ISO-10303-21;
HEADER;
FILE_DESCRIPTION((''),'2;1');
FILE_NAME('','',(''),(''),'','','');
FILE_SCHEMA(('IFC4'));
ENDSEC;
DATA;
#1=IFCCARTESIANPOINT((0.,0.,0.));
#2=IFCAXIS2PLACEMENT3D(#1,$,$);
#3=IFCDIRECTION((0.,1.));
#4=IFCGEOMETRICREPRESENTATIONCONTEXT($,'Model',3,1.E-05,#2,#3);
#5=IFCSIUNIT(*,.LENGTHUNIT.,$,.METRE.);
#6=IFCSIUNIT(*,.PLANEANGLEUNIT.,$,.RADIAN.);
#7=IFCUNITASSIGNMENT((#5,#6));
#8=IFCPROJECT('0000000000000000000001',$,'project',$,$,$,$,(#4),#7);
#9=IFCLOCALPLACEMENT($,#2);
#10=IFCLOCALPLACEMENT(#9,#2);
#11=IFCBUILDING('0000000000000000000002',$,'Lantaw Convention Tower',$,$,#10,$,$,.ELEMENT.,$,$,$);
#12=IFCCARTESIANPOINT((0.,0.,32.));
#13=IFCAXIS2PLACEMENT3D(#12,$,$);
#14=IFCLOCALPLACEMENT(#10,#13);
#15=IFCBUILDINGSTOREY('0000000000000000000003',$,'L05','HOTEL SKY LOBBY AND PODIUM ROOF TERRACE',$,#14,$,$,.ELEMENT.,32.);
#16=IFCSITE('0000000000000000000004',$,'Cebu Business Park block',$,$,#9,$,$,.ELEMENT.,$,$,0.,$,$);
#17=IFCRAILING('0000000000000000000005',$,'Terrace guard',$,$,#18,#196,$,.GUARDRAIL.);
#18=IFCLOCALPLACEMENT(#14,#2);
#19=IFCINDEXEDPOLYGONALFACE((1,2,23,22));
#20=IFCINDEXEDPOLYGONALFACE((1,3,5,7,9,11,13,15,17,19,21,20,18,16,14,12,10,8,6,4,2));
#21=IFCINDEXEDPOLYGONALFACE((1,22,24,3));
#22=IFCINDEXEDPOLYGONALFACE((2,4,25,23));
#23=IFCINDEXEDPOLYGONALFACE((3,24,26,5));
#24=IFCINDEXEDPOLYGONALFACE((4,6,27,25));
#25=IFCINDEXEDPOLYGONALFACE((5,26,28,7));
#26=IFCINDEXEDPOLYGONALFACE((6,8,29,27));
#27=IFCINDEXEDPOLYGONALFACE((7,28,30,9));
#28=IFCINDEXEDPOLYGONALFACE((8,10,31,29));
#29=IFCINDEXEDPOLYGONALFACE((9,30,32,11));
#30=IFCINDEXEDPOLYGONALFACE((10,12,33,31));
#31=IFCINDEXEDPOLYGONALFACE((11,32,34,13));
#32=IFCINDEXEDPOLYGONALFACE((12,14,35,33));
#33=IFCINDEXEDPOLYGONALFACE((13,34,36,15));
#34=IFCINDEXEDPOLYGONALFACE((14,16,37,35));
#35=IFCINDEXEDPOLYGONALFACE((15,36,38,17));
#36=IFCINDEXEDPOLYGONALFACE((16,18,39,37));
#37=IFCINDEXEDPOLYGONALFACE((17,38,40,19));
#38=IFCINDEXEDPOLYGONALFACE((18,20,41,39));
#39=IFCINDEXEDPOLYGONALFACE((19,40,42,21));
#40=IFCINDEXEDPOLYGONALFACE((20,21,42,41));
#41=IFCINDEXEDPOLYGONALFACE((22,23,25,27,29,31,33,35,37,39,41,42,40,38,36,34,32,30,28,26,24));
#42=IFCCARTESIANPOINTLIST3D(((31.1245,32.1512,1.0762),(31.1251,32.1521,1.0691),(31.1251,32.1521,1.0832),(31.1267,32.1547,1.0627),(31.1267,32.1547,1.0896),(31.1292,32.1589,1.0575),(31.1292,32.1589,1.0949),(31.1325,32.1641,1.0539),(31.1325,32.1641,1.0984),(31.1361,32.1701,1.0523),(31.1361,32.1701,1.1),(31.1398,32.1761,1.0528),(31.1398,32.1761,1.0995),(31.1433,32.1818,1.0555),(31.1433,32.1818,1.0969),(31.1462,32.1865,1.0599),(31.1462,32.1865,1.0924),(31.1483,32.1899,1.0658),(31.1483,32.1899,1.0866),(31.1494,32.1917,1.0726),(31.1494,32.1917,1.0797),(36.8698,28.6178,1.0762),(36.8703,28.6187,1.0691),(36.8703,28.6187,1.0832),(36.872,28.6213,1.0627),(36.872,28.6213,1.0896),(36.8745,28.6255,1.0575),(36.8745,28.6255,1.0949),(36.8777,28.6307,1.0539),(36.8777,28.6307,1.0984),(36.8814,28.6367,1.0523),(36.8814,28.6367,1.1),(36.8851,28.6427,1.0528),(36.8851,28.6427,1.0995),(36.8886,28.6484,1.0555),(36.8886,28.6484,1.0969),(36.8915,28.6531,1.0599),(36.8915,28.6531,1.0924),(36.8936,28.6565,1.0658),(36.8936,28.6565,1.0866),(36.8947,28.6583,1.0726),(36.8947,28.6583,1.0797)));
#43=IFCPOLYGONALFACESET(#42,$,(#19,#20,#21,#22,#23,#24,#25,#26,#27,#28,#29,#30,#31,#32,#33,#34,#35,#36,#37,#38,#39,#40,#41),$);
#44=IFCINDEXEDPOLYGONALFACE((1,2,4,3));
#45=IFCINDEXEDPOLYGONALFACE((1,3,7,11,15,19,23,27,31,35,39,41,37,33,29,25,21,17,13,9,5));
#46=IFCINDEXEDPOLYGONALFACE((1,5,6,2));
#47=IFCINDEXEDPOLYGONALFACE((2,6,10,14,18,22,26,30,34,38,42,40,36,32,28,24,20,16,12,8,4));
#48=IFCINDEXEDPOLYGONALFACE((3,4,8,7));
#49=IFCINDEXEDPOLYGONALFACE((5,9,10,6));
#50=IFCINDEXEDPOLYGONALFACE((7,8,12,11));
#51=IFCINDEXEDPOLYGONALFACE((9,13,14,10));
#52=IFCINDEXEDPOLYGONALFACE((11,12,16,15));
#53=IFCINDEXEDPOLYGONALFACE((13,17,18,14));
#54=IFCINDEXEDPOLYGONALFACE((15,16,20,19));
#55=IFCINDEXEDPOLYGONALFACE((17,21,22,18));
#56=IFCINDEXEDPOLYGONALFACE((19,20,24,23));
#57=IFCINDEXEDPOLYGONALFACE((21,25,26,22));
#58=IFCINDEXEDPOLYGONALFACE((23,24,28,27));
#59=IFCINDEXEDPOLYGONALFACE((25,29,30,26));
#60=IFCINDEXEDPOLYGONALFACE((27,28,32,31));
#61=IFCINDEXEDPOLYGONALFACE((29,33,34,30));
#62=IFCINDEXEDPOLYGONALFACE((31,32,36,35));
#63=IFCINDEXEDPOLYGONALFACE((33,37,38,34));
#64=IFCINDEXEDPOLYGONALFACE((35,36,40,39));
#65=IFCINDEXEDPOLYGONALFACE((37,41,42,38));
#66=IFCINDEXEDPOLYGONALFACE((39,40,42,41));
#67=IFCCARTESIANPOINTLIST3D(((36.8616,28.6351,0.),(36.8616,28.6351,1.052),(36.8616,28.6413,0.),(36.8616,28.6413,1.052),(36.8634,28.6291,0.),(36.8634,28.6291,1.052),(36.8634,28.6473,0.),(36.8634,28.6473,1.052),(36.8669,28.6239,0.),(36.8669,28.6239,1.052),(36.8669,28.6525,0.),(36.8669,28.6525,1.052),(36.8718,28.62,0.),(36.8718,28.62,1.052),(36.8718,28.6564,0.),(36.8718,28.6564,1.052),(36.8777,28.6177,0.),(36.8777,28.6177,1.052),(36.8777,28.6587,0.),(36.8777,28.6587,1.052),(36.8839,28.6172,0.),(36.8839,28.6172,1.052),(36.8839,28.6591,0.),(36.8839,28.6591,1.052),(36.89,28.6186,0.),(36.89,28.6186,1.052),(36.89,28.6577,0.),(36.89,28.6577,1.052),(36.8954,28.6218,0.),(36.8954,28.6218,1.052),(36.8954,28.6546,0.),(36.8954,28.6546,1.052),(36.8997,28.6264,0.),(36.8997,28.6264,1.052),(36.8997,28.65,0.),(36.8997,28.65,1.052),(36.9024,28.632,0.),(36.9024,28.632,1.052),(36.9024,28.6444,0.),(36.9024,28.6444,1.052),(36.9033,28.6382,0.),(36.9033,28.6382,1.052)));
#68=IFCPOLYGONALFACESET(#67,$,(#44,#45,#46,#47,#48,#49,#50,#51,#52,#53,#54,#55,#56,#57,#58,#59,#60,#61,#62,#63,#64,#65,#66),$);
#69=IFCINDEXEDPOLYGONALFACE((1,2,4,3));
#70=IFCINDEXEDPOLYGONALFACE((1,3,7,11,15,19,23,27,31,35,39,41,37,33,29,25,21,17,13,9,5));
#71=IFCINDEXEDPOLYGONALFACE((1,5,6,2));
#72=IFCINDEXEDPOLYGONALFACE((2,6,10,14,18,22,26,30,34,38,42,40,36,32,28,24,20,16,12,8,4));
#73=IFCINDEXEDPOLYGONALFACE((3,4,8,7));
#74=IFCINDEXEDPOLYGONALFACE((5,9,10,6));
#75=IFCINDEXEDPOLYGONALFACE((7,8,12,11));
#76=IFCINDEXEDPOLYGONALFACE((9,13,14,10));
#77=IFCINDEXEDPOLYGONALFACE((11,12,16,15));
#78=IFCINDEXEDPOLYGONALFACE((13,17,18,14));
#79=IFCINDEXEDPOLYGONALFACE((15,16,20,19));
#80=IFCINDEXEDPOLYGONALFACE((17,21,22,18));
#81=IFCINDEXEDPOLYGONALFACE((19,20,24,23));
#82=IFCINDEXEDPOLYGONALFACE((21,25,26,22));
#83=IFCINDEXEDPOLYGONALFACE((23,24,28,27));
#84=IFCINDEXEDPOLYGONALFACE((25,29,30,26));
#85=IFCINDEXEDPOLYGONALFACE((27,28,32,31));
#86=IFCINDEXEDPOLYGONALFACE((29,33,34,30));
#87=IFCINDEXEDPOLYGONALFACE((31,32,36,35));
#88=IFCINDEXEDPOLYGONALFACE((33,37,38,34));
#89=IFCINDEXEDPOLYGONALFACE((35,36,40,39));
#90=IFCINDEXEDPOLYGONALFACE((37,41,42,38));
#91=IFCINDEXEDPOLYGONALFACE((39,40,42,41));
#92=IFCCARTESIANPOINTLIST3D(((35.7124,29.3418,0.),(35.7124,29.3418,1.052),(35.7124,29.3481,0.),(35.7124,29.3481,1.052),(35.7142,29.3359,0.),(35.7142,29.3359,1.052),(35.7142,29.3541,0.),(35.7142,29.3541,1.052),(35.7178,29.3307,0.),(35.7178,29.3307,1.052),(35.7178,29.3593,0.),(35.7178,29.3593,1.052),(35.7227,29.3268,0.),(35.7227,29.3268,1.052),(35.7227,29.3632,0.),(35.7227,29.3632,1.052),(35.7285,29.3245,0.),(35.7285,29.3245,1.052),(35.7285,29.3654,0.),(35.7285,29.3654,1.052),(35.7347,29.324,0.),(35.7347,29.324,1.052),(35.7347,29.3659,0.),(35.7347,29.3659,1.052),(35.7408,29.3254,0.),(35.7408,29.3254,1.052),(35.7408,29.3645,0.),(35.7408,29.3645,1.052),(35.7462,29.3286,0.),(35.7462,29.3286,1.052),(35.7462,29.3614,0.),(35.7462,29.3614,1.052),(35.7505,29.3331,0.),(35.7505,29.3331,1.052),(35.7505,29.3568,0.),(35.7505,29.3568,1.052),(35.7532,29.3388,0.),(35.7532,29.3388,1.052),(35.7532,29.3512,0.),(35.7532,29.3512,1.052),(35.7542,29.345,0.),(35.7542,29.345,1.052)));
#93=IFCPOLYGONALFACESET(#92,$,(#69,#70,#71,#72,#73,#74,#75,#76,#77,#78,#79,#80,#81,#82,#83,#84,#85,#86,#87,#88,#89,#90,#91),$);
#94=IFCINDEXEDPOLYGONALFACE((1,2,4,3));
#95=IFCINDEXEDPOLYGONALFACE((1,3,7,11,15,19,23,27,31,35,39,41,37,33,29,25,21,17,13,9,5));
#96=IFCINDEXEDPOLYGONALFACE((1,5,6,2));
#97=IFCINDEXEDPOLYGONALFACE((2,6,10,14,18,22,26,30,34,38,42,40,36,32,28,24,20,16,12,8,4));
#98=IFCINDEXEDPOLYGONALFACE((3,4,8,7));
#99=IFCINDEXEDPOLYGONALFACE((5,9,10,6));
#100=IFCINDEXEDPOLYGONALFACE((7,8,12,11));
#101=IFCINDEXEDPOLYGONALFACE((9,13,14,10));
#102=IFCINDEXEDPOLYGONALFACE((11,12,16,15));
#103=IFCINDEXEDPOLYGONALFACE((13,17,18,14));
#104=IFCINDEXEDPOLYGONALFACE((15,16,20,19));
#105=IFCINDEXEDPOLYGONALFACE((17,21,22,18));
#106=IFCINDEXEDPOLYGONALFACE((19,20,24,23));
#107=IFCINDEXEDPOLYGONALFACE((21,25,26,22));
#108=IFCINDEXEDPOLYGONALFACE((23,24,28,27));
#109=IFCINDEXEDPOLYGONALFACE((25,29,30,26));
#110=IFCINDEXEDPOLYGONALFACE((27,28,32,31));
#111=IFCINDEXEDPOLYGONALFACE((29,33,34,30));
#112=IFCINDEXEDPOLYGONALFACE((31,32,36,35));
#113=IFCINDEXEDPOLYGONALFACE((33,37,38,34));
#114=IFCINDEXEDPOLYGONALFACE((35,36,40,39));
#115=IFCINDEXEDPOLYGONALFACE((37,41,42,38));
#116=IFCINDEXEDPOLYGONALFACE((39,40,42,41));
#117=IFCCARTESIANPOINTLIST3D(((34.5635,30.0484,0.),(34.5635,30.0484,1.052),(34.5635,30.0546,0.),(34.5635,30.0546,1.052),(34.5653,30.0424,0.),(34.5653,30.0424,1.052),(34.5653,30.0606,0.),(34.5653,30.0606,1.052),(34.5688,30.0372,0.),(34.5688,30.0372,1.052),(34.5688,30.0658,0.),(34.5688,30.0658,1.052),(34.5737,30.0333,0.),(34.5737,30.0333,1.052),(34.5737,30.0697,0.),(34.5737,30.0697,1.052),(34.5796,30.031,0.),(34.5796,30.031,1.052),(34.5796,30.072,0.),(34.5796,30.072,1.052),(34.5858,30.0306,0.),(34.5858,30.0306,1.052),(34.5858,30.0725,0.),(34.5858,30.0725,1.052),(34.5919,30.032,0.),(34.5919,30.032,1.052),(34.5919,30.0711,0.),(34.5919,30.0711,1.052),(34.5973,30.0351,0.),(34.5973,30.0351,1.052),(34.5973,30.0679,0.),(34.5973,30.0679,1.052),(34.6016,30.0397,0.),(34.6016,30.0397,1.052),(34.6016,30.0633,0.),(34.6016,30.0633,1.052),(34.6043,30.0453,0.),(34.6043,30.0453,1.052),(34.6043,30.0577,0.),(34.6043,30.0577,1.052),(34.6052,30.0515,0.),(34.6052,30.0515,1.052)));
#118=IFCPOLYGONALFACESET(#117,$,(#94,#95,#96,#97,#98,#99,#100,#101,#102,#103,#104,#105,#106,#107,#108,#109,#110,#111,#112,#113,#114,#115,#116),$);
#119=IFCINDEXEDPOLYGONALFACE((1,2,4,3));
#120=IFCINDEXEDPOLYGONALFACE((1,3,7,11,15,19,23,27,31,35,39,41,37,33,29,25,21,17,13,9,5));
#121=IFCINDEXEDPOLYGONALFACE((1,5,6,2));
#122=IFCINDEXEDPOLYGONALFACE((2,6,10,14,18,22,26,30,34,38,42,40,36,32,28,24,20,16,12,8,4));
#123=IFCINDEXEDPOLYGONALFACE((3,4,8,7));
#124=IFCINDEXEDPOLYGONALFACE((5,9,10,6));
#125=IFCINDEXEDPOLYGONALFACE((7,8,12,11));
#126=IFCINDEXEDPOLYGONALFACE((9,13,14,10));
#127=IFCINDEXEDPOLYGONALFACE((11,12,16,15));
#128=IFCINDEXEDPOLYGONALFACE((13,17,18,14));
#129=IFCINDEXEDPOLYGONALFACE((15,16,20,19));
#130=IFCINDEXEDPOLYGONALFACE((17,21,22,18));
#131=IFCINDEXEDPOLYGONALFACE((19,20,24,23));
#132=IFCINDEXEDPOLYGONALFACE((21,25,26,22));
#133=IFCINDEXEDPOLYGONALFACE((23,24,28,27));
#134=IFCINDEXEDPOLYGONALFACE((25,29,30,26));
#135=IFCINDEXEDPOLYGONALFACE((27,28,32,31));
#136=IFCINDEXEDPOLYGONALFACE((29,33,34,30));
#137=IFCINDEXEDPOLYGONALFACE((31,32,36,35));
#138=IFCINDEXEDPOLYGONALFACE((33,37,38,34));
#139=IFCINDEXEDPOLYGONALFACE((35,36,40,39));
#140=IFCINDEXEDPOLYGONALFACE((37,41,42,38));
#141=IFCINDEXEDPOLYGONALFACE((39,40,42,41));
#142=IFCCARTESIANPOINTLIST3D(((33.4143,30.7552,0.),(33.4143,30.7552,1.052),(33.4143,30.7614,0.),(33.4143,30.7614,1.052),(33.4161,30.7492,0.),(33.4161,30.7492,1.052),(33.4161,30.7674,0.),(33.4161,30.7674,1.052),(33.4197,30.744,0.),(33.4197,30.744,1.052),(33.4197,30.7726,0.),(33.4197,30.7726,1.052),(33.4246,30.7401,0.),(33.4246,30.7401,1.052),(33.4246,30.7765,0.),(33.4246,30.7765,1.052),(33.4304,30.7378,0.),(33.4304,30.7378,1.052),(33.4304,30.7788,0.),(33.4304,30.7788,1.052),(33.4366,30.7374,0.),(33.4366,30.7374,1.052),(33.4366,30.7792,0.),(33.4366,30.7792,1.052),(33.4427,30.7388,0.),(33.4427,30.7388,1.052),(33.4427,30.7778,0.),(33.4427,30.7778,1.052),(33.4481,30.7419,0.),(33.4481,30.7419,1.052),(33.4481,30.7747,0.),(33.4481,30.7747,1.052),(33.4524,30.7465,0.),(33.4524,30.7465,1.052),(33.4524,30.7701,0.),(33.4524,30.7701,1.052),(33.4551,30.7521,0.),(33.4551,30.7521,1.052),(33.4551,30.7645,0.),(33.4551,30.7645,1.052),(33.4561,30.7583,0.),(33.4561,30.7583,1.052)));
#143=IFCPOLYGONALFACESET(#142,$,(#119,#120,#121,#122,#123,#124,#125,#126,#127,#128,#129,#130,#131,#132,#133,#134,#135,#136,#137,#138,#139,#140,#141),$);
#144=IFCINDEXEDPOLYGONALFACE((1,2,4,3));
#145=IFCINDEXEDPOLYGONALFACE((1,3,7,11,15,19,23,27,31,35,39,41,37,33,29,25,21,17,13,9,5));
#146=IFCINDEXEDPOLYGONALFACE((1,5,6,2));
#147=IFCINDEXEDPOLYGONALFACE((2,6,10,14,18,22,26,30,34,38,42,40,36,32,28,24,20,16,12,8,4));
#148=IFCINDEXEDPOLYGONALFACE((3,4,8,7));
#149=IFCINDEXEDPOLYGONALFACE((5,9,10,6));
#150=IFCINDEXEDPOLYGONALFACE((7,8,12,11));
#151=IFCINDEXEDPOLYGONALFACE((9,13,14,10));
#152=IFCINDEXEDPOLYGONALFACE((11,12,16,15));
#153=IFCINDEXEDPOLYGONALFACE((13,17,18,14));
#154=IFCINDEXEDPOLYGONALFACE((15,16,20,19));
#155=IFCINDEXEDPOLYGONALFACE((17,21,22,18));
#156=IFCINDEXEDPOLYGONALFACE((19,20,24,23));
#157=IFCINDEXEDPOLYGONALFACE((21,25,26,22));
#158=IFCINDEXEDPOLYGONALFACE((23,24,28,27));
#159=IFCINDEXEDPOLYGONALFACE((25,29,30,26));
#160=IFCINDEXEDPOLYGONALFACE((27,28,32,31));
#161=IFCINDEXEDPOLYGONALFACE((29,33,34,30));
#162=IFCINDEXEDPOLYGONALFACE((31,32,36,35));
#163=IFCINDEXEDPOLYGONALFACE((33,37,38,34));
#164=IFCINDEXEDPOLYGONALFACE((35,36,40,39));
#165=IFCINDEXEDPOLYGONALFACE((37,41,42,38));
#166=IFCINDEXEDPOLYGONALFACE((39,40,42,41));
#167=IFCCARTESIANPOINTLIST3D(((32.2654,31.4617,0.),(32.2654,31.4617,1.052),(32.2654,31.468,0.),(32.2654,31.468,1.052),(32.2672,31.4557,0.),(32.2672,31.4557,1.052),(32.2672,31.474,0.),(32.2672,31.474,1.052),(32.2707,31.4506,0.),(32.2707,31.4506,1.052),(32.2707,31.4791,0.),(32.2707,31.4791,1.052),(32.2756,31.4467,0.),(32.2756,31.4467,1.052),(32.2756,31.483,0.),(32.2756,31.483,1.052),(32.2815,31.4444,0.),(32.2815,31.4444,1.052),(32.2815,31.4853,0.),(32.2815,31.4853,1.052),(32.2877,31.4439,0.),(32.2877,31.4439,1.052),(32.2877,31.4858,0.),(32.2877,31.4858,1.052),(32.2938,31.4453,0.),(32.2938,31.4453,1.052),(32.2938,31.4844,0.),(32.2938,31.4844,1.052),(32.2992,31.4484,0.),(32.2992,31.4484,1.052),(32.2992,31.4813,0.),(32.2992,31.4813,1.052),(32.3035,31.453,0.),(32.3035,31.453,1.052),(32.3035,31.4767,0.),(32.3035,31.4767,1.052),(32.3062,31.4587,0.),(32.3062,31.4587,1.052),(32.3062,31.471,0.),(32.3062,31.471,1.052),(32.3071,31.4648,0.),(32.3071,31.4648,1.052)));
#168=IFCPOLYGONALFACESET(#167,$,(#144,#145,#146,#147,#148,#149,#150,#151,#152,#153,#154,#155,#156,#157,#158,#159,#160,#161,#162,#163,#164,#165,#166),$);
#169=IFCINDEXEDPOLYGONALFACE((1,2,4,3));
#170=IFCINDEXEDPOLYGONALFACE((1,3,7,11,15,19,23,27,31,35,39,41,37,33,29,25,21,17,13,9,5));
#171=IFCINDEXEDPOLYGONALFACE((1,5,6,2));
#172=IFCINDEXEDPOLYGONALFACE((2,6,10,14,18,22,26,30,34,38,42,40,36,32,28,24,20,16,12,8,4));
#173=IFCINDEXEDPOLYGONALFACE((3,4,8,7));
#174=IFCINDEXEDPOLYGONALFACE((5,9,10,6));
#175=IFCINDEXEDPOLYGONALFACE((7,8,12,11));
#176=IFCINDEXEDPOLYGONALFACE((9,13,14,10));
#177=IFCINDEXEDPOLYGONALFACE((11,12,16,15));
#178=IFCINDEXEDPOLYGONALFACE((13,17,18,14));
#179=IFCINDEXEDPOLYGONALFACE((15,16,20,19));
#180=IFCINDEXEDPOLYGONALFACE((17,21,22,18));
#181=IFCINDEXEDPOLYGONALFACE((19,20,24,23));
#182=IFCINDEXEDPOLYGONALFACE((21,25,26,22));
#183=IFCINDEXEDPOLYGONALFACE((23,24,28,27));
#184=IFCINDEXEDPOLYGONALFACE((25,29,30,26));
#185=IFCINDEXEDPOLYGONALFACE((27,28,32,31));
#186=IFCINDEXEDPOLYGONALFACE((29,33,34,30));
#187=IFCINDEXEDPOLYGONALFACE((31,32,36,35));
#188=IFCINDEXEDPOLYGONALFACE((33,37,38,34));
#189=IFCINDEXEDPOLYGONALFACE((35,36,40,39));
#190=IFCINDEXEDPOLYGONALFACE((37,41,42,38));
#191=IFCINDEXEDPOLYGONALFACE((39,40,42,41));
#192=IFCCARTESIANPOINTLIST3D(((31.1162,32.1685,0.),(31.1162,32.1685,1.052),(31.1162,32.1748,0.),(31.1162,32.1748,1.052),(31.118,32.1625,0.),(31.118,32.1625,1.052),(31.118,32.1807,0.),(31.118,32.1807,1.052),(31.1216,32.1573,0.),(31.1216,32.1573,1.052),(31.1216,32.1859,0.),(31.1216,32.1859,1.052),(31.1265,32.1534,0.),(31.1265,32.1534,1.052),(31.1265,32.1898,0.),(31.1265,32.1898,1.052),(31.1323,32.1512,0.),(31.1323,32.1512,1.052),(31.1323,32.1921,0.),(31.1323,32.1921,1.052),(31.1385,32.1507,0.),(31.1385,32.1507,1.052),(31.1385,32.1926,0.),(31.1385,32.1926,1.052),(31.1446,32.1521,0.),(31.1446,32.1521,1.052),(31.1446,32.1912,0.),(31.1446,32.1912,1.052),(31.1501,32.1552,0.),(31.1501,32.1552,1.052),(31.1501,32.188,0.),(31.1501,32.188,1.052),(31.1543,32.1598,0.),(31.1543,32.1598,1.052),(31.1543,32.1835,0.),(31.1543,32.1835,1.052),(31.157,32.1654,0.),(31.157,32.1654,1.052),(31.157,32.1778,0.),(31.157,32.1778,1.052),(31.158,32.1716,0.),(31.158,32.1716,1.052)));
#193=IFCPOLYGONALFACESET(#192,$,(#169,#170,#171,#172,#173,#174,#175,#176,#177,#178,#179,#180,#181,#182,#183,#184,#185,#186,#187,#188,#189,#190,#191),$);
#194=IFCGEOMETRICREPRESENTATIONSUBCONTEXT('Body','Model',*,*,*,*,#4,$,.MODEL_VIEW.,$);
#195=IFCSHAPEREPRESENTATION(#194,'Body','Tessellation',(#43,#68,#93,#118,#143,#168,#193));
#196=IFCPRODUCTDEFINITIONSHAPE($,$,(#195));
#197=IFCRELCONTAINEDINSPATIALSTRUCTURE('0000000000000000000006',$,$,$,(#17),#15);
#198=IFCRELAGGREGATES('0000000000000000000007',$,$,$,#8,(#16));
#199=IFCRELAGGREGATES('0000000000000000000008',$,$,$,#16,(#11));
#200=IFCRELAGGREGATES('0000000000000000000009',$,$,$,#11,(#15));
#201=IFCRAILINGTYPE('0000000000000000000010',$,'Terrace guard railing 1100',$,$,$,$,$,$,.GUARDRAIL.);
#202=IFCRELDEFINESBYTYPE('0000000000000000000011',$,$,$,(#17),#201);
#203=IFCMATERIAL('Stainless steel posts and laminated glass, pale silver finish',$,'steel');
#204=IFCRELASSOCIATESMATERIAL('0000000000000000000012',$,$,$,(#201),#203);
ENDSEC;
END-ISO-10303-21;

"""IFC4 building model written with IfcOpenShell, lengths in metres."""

from ifc_helpers import new_model, si_unit, direction, frame, origin, origin_2d, place, context, subcontext, project, spatial, circle, extrude, material, type_object, element, save


model = new_model("IFC4")

# Units and contexts
model_context = context("Model", 3, precision=1e-05, world=origin(), true_north=direction((0.0, 1.0)))
body_context = subcontext(model_context, "Body", "Model", "MODEL_VIEW")
ifc_project = project(units=[si_unit("LENGTHUNIT", "METRE"), si_unit("PLANEANGLEUNIT", "RADIAN")], contexts=[model_context])

# Site, building, storey
site_placement = place(None, origin())
site = spatial("IfcSite", under=ifc_project, at=site_placement, Name="Cebu Business Park block", CompositionType="ELEMENT", RefElevation=0.0)
building_placement = place(site_placement, origin())
building = spatial("IfcBuilding", under=site, at=building_placement, Name="Lantaw Convention Tower", CompositionType="ELEMENT")
storey_placement = place(building_placement, frame((0.0, 0.0, 32.0)))
storey = spatial("IfcBuildingStorey", under=building, at=storey_placement, Name="L05", Description="HOTEL SKY LOBBY AND PODIUM ROOF TERRACE", CompositionType="ELEMENT", Elevation=32.0)

# Railing
ifc_material_1 = material(Name="Stainless steel posts and laminated glass, pale silver finish", Category="steel")
railing_type_1 = type_object("IfcRailingType", Name="Terrace guard railing 1100", PredefinedType="GUARDRAIL", material=ifc_material_1)
railing_1_placement = place(storey_placement, frame((36.8823, 28.6382, 0.0)))
element("IfcRailing", 1, at=railing_1_placement, inside=storey, type_object=railing_type_1, Name="Terrace guard", PredefinedType="GUARDRAIL", context=body_context, shape_type="SweptSolid", body=[
    extrude(circle(Radius=0.0239, at=origin_2d()), frame((0.0, 0.0, 1.0762), z_axis=(-0.851801, 0.523865, 0.0), x_axis=(-0.523865, -0.851801, 0.0)), (0.0, 0.0, 1.0), 6.7449),
    extrude(circle(Radius=0.021, at=origin_2d()), origin(), (0.0, 0.0, 1.0), 1.052),
    extrude(circle(Radius=0.021, at=origin_2d()), frame((-1.1492, 0.7068, 0.0)), (0.0, 0.0, 1.0), 1.052),
    extrude(circle(Radius=0.021, at=origin_2d()), frame((-2.2981, 1.4133, 0.0)), (0.0, 0.0, 1.0), 1.052),
    extrude(circle(Radius=0.021, at=origin_2d()), frame((-3.4473, 2.1201, 0.0)), (0.0, 0.0, 1.0), 1.052),
    extrude(circle(Radius=0.021, at=origin_2d()), frame((-4.5962, 2.8267, 0.0)), (0.0, 0.0, 1.0), 1.052),
    extrude(circle(Radius=0.021, at=origin_2d()), frame((-5.7454, 3.5334, 0.0)), (0.0, 0.0, 1.0), 1.052),
])

save(model, "model.ifc")
